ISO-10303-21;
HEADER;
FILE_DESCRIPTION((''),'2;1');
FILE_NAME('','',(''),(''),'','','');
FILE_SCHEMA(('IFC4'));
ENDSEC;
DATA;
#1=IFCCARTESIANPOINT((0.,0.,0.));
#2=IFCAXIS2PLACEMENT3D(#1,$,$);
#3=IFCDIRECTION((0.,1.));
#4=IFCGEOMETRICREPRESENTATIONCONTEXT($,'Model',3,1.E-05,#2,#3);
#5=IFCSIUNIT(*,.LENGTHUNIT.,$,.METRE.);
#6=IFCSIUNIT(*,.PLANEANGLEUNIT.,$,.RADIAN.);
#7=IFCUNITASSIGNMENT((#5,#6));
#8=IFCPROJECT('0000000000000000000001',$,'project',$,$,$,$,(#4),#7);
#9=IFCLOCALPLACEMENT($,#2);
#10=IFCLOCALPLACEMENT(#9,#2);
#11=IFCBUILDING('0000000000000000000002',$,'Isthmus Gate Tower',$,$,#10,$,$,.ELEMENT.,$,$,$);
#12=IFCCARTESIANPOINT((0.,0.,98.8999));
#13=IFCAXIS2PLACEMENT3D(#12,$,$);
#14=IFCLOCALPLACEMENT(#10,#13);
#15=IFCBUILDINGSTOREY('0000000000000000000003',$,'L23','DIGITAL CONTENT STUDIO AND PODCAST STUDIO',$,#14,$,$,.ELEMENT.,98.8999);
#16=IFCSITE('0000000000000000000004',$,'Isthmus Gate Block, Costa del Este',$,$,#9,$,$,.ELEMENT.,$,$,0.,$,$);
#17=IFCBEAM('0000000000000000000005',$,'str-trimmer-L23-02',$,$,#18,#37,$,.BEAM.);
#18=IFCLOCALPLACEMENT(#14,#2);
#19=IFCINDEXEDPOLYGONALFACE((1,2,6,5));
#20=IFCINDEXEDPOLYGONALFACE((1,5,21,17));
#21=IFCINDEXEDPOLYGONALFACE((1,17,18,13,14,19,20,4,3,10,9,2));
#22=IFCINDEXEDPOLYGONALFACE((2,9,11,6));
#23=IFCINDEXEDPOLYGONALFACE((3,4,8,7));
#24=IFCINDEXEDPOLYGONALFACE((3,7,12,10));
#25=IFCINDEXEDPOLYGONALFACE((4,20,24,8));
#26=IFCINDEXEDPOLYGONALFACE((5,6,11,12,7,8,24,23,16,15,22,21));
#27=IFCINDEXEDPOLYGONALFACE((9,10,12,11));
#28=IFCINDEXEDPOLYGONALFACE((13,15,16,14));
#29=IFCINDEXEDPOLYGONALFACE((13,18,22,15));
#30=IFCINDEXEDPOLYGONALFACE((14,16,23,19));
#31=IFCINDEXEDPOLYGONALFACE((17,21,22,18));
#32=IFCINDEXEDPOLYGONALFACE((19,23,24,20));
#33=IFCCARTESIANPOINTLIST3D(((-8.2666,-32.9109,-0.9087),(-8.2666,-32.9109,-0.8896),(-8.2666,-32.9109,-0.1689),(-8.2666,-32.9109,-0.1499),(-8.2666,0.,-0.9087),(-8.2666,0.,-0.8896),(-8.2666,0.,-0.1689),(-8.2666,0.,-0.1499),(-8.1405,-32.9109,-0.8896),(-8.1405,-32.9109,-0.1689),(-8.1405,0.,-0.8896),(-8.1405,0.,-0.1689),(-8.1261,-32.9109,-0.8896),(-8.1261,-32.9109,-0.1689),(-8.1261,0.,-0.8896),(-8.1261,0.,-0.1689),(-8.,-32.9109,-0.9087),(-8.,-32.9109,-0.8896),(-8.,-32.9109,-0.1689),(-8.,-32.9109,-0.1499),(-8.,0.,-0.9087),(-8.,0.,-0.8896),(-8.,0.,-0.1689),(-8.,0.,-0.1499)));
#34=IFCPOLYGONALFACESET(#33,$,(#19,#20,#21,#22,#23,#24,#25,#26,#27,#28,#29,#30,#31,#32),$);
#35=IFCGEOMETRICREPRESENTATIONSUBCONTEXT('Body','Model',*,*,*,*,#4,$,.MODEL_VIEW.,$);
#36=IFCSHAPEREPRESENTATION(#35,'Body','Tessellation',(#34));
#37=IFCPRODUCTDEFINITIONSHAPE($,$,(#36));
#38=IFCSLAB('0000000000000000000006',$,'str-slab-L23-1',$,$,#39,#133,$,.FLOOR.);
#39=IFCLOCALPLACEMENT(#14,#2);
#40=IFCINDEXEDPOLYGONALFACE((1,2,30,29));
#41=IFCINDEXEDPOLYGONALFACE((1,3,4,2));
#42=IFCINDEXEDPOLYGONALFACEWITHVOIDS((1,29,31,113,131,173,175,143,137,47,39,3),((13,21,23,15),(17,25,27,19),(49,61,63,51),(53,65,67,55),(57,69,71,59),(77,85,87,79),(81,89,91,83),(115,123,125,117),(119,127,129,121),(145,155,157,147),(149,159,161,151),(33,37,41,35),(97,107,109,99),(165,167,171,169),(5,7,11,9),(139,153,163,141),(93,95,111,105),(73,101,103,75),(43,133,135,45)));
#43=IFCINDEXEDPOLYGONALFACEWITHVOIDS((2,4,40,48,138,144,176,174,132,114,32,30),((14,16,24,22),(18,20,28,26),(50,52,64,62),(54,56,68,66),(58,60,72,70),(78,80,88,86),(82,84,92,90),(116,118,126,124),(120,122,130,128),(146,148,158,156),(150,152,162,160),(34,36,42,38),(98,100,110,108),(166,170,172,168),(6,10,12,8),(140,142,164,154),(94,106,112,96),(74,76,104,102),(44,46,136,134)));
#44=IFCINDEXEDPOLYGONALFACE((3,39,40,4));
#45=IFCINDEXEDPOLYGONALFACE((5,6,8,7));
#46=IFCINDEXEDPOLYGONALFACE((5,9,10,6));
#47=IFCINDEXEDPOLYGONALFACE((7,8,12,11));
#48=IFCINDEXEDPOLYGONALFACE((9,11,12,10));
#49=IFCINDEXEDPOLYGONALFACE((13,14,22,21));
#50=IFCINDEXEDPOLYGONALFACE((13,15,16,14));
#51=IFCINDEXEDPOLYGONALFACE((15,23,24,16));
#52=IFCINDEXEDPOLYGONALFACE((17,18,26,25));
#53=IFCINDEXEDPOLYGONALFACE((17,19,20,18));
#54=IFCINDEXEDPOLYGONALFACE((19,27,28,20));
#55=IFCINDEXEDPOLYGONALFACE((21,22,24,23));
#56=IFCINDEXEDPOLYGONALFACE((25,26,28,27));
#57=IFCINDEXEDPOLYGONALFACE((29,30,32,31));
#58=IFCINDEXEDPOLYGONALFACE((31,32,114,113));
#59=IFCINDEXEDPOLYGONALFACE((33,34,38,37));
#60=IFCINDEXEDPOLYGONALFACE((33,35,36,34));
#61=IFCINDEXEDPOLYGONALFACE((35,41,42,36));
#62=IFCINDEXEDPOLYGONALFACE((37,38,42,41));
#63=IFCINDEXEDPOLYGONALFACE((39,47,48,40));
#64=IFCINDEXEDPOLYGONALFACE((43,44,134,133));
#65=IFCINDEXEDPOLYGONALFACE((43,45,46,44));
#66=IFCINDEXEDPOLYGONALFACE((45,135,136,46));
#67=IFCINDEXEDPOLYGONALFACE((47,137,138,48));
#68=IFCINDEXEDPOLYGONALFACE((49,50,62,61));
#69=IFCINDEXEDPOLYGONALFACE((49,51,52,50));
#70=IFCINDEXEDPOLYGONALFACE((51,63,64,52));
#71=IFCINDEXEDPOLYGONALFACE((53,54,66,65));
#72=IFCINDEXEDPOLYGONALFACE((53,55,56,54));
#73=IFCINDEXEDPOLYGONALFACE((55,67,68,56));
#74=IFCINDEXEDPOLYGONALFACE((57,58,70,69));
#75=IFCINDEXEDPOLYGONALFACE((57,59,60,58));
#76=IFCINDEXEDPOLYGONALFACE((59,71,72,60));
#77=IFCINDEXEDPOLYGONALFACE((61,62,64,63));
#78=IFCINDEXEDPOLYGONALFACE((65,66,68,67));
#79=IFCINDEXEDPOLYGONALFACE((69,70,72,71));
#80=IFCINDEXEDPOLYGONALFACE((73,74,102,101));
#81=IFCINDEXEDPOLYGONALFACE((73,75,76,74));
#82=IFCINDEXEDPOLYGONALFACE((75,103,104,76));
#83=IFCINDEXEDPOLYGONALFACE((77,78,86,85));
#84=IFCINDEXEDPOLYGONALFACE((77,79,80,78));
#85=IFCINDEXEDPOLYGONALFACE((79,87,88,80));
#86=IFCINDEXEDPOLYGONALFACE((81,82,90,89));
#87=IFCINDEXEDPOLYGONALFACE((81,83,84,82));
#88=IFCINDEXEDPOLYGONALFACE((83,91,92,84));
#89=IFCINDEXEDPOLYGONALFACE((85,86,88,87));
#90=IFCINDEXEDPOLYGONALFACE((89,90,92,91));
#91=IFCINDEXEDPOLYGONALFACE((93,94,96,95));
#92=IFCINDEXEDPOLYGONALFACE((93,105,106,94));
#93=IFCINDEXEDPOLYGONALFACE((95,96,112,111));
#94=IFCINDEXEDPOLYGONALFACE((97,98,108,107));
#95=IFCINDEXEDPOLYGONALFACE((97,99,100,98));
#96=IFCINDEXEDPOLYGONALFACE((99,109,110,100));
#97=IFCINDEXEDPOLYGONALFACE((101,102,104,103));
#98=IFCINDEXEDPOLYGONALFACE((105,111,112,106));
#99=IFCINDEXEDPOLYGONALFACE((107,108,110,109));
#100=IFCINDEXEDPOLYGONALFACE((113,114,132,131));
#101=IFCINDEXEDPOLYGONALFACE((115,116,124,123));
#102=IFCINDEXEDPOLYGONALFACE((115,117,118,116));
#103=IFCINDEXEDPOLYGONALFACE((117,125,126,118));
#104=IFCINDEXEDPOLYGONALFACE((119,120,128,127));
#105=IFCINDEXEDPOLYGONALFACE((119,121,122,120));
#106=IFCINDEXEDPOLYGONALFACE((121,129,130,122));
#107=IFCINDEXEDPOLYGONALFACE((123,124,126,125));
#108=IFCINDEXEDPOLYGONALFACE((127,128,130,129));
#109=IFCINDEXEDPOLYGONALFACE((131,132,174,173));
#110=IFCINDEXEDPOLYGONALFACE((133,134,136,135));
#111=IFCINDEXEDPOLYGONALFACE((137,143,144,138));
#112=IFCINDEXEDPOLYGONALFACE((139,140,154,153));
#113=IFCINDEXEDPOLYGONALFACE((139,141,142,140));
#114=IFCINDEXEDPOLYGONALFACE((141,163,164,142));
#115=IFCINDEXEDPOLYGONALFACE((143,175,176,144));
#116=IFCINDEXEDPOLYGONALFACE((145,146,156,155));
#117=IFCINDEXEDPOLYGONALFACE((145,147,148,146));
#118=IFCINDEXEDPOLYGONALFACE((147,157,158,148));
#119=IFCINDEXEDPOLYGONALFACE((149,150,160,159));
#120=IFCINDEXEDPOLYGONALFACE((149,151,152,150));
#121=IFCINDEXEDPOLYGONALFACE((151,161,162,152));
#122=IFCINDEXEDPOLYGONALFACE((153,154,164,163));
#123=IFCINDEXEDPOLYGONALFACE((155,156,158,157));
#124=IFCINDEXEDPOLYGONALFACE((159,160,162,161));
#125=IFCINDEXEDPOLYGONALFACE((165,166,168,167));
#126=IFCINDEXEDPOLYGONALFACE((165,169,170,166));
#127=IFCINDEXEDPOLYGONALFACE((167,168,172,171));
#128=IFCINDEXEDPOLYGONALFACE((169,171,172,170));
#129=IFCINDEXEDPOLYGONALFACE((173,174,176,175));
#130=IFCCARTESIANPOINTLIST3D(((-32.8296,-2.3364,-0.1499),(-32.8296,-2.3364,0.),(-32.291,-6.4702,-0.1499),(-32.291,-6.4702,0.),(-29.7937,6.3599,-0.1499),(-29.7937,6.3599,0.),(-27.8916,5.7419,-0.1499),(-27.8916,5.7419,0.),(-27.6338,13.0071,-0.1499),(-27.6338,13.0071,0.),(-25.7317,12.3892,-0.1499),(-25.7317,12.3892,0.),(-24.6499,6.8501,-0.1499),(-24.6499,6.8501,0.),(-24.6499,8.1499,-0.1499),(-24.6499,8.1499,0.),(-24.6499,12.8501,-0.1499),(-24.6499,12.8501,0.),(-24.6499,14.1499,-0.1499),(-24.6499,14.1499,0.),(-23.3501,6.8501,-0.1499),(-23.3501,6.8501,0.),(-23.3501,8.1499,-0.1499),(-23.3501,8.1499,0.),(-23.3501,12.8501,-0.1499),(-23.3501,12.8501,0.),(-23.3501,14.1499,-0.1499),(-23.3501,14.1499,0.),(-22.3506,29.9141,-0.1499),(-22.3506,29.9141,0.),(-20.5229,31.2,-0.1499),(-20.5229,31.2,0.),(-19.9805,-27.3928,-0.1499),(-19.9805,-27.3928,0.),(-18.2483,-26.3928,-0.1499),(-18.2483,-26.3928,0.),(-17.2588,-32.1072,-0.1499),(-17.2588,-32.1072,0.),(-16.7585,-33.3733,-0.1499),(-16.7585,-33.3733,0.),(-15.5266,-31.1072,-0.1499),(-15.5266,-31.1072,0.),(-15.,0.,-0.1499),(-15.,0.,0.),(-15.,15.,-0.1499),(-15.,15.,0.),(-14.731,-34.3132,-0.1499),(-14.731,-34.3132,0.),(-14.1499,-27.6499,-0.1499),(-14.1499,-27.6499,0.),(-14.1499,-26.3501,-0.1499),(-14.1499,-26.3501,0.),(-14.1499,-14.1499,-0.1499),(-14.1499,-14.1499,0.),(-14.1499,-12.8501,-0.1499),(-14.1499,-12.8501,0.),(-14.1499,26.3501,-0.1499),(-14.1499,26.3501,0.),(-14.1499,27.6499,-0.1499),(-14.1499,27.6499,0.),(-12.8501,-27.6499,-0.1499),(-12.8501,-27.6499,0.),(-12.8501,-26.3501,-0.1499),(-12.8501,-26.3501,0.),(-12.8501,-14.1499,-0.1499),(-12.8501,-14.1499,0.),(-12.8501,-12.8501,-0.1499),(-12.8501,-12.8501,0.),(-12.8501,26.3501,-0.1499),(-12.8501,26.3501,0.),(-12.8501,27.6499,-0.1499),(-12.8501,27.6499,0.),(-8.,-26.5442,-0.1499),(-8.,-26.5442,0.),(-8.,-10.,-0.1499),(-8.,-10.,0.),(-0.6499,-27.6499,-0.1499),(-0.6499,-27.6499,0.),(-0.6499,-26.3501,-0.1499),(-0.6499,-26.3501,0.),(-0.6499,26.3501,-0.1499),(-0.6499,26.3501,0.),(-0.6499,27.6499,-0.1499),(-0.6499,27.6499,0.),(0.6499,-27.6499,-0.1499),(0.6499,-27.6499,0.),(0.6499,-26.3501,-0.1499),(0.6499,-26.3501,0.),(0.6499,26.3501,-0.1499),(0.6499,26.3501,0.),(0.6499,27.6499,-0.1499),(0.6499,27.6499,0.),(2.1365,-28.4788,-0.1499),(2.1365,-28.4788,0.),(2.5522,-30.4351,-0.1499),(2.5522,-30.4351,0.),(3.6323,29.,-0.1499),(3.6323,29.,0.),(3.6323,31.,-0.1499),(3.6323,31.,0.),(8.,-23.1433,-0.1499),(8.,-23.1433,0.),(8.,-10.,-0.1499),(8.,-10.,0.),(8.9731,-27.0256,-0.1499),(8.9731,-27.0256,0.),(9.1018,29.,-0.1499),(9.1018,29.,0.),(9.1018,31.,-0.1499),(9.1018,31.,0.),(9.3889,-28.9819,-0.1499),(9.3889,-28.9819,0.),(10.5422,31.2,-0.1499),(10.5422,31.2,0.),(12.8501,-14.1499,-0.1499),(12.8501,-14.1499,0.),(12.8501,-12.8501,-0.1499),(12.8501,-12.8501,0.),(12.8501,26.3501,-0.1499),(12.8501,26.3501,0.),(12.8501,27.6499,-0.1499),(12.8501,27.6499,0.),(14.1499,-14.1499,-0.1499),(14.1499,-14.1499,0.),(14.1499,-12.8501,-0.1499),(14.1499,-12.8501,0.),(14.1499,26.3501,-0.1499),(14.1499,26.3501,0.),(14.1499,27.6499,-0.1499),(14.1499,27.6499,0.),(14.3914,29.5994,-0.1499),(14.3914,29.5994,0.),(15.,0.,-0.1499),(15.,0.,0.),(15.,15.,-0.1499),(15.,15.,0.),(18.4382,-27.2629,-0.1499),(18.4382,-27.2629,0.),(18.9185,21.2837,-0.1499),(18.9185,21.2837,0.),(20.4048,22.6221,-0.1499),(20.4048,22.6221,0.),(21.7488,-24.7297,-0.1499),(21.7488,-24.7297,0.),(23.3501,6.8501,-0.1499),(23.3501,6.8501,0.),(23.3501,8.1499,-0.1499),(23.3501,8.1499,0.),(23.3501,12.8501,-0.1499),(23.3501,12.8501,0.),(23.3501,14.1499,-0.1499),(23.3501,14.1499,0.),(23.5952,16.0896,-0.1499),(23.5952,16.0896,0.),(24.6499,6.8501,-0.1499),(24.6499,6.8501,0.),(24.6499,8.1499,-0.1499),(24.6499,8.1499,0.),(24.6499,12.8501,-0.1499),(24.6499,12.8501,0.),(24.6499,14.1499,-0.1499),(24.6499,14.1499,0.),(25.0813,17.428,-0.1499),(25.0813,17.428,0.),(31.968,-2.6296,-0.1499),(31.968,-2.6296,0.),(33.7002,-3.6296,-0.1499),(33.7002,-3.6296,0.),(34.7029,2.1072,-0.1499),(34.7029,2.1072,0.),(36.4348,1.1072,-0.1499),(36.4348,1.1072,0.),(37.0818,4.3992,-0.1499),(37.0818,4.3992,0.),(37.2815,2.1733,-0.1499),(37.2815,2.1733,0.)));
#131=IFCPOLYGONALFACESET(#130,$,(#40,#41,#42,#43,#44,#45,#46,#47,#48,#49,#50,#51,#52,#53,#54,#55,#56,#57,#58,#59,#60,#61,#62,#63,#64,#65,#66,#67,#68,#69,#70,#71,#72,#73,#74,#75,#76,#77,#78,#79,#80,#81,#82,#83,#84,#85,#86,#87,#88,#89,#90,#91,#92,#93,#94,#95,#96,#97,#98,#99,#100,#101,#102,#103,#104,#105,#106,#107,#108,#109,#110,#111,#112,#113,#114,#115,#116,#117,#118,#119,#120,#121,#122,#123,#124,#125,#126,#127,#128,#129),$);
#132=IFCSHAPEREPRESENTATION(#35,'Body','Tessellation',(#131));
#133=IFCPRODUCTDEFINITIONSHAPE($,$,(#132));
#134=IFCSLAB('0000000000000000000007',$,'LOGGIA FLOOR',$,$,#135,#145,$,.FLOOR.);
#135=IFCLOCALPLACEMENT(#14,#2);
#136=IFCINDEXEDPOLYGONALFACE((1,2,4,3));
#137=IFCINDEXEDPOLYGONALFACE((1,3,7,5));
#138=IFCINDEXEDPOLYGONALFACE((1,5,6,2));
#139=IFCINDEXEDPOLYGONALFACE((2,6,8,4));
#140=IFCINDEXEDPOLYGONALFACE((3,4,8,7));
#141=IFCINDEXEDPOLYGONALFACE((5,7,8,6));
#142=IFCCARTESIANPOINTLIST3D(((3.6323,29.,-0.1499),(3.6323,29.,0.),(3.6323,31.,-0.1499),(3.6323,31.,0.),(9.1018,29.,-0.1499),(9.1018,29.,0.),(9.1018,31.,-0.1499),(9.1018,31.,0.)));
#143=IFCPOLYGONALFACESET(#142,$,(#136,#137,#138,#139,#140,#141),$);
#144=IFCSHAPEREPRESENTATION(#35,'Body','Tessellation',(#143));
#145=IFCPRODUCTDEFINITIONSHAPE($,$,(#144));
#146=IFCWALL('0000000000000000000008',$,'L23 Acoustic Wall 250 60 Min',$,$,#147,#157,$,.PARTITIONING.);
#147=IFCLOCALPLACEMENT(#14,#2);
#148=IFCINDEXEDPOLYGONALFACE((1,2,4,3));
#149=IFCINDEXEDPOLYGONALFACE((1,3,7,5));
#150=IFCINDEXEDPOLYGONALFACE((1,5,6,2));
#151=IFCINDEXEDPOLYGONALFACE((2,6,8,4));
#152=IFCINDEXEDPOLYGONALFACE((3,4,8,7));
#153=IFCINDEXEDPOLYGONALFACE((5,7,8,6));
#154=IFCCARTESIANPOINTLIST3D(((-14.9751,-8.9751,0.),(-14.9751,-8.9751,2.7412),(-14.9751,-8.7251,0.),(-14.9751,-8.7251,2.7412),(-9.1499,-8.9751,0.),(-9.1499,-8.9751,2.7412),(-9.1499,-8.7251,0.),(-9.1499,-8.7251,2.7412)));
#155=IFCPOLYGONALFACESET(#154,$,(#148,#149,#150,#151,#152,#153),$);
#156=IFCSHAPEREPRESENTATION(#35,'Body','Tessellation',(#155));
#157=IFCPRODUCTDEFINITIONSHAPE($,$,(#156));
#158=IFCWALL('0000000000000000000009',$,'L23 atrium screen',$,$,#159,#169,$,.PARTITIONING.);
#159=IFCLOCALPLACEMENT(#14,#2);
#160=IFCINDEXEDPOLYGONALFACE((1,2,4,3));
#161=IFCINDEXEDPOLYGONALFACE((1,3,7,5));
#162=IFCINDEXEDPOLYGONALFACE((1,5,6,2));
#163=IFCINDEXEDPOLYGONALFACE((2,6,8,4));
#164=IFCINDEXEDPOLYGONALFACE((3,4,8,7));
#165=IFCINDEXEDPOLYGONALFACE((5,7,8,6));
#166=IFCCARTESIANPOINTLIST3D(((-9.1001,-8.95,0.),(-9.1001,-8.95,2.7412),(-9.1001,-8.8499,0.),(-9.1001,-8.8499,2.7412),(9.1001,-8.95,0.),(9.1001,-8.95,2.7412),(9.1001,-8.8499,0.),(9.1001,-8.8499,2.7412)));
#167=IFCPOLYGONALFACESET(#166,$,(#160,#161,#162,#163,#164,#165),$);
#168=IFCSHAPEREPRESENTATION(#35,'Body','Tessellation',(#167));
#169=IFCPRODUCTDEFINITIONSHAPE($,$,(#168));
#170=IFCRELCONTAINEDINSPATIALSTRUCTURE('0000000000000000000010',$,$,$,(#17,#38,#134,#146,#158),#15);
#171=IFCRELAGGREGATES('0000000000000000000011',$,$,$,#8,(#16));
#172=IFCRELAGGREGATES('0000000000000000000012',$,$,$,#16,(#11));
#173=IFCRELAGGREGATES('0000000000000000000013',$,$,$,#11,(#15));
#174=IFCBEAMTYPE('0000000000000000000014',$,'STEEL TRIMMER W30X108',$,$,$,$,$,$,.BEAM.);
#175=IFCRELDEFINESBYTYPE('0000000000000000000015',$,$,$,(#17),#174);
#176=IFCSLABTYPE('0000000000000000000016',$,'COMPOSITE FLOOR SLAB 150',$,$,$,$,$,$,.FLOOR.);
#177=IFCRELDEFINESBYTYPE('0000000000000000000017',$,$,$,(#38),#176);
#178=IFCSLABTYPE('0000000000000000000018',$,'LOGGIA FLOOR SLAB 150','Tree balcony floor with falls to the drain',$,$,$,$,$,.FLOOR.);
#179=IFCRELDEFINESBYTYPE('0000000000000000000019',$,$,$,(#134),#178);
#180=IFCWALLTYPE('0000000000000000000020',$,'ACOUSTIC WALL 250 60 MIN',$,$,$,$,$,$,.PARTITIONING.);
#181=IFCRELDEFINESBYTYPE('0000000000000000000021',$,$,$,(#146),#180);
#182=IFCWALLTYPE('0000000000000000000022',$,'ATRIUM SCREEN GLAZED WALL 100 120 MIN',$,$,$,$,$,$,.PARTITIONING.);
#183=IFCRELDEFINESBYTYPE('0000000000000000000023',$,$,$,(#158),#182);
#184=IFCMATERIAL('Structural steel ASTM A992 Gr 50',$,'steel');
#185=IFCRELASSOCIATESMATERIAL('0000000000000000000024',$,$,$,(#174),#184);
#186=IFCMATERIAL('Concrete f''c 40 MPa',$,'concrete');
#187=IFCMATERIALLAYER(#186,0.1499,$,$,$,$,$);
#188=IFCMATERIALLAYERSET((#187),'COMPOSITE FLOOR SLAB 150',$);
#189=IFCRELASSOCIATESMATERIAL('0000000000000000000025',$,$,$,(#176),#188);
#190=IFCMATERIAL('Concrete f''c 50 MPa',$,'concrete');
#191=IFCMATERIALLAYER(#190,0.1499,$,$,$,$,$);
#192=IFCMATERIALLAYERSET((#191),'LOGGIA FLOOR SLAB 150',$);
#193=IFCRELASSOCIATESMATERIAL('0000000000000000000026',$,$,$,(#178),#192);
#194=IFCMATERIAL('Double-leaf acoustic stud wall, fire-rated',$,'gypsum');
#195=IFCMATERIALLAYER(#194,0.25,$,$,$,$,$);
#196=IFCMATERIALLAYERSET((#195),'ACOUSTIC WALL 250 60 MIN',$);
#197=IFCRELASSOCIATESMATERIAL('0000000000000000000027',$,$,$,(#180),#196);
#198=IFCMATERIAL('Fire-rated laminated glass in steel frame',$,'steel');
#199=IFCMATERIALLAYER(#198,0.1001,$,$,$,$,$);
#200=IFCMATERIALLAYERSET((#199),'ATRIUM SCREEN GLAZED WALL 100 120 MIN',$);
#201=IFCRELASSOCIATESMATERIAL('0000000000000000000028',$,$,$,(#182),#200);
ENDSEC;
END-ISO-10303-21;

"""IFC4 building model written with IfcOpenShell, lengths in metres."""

from ifc_helpers import new_model, si_unit, direction, frame, frame_2d, origin, origin_2d, place, context, subcontext, project, spatial, polyline, rectangle, i_section, outline, extrude, material, layer, layer_set, material_profile, profile_set, type_object, element, save


model = new_model("IFC4")

# Units and contexts
model_context = context("Model", 3, precision=1e-05, world=origin(), true_north=direction((0.0, 1.0)))
body_context = subcontext(model_context, "Body", "Model", "MODEL_VIEW")
ifc_project = project(units=[si_unit("LENGTHUNIT", "METRE"), si_unit("PLANEANGLEUNIT", "RADIAN")], contexts=[model_context])

# Site, building, storey
site_placement = place(None, origin())
site = spatial("IfcSite", under=ifc_project, at=site_placement, Name="Isthmus Gate Block, Costa del Este", CompositionType="ELEMENT", RefElevation=0.0)
building_placement = place(site_placement, origin())
building = spatial("IfcBuilding", under=site, at=building_placement, Name="Isthmus Gate Tower", CompositionType="ELEMENT")
storey_placement = place(building_placement, frame((0.0, 0.0, 98.8999)))
storey = spatial("IfcBuildingStorey", under=building, at=storey_placement, Name="L23", Description="DIGITAL CONTENT STUDIO AND PODCAST STUDIO", CompositionType="ELEMENT", Elevation=98.8999)

# Beam
ifc_material_1 = material(Name="Structural steel ASTM A992 Gr 50", Category="steel")
ifc_material_profile_1 = material_profile(ifc_material_1, i_section(OverallWidth=0.2666, OverallDepth=0.7588, WebThickness=0.0144, FlangeThickness=0.019, at=origin_2d()), Name="W30X108")
ifc_profile_set_1 = profile_set([ifc_material_profile_1], Name="Structural steel ASTM A992 Gr 50")
beam_type_1 = type_object("IfcBeamType", Name="STEEL TRIMMER W30X108", PredefinedType="BEAM", material=ifc_profile_set_1)
beam_1_placement = place(storey_placement, frame((-8.1333, 0.0, -0.5293), z_axis=(0.0, -1.0, 0.0), x_axis=(1.0, 0.0, 0.0)))
element("IfcBeam", 1, at=beam_1_placement, inside=storey, type_object=beam_type_1, Name="str-trimmer-L23-02", PredefinedType="BEAM", context=body_context, shape_type="SweptSolid", body=[
    extrude(i_section(OverallWidth=0.2666, OverallDepth=0.7588, WebThickness=0.0144, FlangeThickness=0.019, at=origin_2d()), origin(), (0.0, 0.0, 1.0), 32.9109),
])

# Slabs
ifc_material_2 = material(Name="Concrete f'c 40 MPa", Category="concrete")
ifc_layer_1 = layer(ifc_material_2, 0.1499)
ifc_layer_set_1 = layer_set([ifc_layer_1], Name="COMPOSITE FLOOR SLAB 150")
slab_type_1 = type_object("IfcSlabType", Name="COMPOSITE FLOOR SLAB 150", PredefinedType="FLOOR", material=ifc_layer_set_1)
slab_1_placement = place(storey_placement, frame((0.0, 0.0, -0.1499)))
element("IfcSlab", 2, at=slab_1_placement, inside=storey, type_object=slab_type_1, Name="str-slab-L23-1", PredefinedType="FLOOR", context=body_context, shape_type="SweptSolid", body=[
    extrude(outline(polyline([(14.3914, 29.5994), (37.0818, 4.3992), (37.2815, 2.1733), (21.7488, -24.7297), (18.4382, -27.2629), (-14.731, -34.3132), (-16.7585, -33.3733), (-32.291, -6.4702), (-32.8296, -2.3364), (-22.3506, 29.9141), (-20.5229, 31.2), (10.5422, 31.2), (14.3914, 29.5994)]), holes=[polyline([(-17.2588, -32.1072), (-15.5266, -31.1072), (-18.2483, -26.3928), (-19.9805, -27.3928), (-17.2588, -32.1072)]), polyline([(-14.1499, -26.3501), (-14.1499, -27.6499), (-12.8501, -27.6499), (-12.8501, -26.3501), (-14.1499, -26.3501)]), polyline([(-0.6499, -26.3501), (-0.6499, -27.6499), (0.6499, -27.6499), (0.6499, -26.3501), (-0.6499, -26.3501)]), polyline([(8.0, -23.1433), (8.0, -10.0), (-8.0, -10.0), (-8.0, -26.5442), (8.0, -23.1433)]), polyline([(-14.1499, -12.8501), (-14.1499, -14.1499), (-12.8501, -14.1499), (-12.8501, -12.8501), (-14.1499, -12.8501)]), polyline([(-23.3501, 8.1499), (-24.6499, 8.1499), (-24.6499, 6.8501), (-23.3501, 6.8501), (-23.3501, 8.1499)]), polyline([(15.0, 15.0), (-15.0, 15.0), (-15.0, 0.0), (15.0, 0.0), (15.0, 15.0)]), polyline([(-27.6338, 13.0071), (-29.7937, 6.3599), (-27.8916, 5.7419), (-25.7317, 12.3892), (-27.6338, 13.0071)]), polyline([(-23.3501, 12.8501), (-23.3501, 14.1499), (-24.6499, 14.1499), (-24.6499, 12.8501), (-23.3501, 12.8501)]), polyline([(-14.1499, 27.6499), (-14.1499, 26.3501), (-12.8501, 26.3501), (-12.8501, 27.6499), (-14.1499, 27.6499)]), polyline([(9.3889, -28.9819), (8.9731, -27.0256), (2.1365, -28.4788), (2.5522, -30.4351), (9.3889, -28.9819)]), polyline([(14.1499, -12.8501), (12.8501, -12.8501), (12.8501, -14.1499), (14.1499, -14.1499), (14.1499, -12.8501)]), polyline([(33.7002, -3.6296), (36.4348, 1.1072), (34.7029, 2.1072), (31.968, -2.6296), (33.7002, -3.6296)]), polyline([(24.6499, 6.8501), (24.6499, 8.1499), (23.3501, 8.1499), (23.3501, 6.8501), (24.6499, 6.8501)]), polyline([(23.3501, 14.1499), (23.3501, 12.8501), (24.6499, 12.8501), (24.6499, 14.1499), (23.3501, 14.1499)]), polyline([(20.4048, 22.6221), (18.9185, 21.2837), (23.5952, 16.0896), (25.0813, 17.428), (20.4048, 22.6221)]), polyline([(0.6499, 27.6499), (-0.6499, 27.6499), (-0.6499, 26.3501), (0.6499, 26.3501), (0.6499, 27.6499)]), polyline([(14.1499, 26.3501), (14.1499, 27.6499), (12.8501, 27.6499), (12.8501, 26.3501), (14.1499, 26.3501)]), polyline([(9.1018, 31.0), (3.6323, 31.0), (3.6323, 29.0), (9.1018, 29.0), (9.1018, 31.0)])]), origin(), (0.0, 0.0, 1.0), 0.1499),
])
ifc_material_3 = material(Name="Concrete f'c 50 MPa", Category="concrete")
ifc_layer_2 = layer(ifc_material_3, 0.1499)
ifc_layer_set_2 = layer_set([ifc_layer_2], Name="LOGGIA FLOOR SLAB 150")
slab_type_2 = type_object("IfcSlabType", Name="LOGGIA FLOOR SLAB 150", Description="Tree balcony floor with falls to the drain", PredefinedType="FLOOR", material=ifc_layer_set_2)
slab_2_placement = place(storey_placement, frame((0.0, 0.0, -0.1499)))
element("IfcSlab", 3, at=slab_2_placement, inside=storey, type_object=slab_type_2, Name="LOGGIA FLOOR", PredefinedType="FLOOR", context=body_context, shape_type="SweptSolid", body=[
    extrude(outline(polyline([(9.1018, 31.0), (3.6323, 31.0), (3.6323, 29.0), (9.1018, 29.0), (9.1018, 31.0)])), origin(), (0.0, 0.0, 1.0), 0.1499),
])

# Walls
ifc_material_4 = material(Name="Double-leaf acoustic stud wall, fire-rated", Category="gypsum")
ifc_layer_3 = layer(ifc_material_4, 0.25)
ifc_layer_set_3 = layer_set([ifc_layer_3], Name="ACOUSTIC WALL 250 60 MIN")
wall_type_1 = type_object("IfcWallType", Name="ACOUSTIC WALL 250 60 MIN", PredefinedType="PARTITIONING", material=ifc_layer_set_3)
wall_1_placement = place(storey_placement, frame((-9.1499, -8.8501, 0.0), z_axis=(0.0, 0.0, 1.0), x_axis=(-1.0, 0.0, 0.0)))
element("IfcWall", 4, at=wall_1_placement, inside=storey, type_object=wall_type_1, Name="L23 Acoustic Wall 250 60 Min", PredefinedType="PARTITIONING", context=body_context, shape_type="SweptSolid", body=[
    extrude(rectangle(XDim=5.8252, YDim=0.25, at=frame_2d((2.9126, 0.0))), origin(), (0.0, 0.0, 1.0), 2.7412),
])
ifc_material_5 = material(Name="Fire-rated laminated glass in steel frame", Category="steel")
ifc_layer_4 = layer(ifc_material_5, 0.1001)
ifc_layer_set_4 = layer_set([ifc_layer_4], Name="ATRIUM SCREEN GLAZED WALL 100 120 MIN")
wall_type_2 = type_object("IfcWallType", Name="ATRIUM SCREEN GLAZED WALL 100 120 MIN", PredefinedType="PARTITIONING", material=ifc_layer_set_4)
wall_2_placement = place(storey_placement, frame((-9.1001, -8.8999, 0.0), z_axis=(0.0, 0.0, 1.0), x_axis=(1.0, 0.0, 0.0)))
element("IfcWall", 5, at=wall_2_placement, inside=storey, type_object=wall_type_2, Name="L23 atrium screen", PredefinedType="PARTITIONING", context=body_context, shape_type="SweptSolid", body=[
    extrude(rectangle(XDim=18.2002, YDim=0.1001, at=frame_2d((9.1001, 0.0))), origin(), (0.0, 0.0, 1.0), 2.7412),
])

save(model, "model.ifc")
